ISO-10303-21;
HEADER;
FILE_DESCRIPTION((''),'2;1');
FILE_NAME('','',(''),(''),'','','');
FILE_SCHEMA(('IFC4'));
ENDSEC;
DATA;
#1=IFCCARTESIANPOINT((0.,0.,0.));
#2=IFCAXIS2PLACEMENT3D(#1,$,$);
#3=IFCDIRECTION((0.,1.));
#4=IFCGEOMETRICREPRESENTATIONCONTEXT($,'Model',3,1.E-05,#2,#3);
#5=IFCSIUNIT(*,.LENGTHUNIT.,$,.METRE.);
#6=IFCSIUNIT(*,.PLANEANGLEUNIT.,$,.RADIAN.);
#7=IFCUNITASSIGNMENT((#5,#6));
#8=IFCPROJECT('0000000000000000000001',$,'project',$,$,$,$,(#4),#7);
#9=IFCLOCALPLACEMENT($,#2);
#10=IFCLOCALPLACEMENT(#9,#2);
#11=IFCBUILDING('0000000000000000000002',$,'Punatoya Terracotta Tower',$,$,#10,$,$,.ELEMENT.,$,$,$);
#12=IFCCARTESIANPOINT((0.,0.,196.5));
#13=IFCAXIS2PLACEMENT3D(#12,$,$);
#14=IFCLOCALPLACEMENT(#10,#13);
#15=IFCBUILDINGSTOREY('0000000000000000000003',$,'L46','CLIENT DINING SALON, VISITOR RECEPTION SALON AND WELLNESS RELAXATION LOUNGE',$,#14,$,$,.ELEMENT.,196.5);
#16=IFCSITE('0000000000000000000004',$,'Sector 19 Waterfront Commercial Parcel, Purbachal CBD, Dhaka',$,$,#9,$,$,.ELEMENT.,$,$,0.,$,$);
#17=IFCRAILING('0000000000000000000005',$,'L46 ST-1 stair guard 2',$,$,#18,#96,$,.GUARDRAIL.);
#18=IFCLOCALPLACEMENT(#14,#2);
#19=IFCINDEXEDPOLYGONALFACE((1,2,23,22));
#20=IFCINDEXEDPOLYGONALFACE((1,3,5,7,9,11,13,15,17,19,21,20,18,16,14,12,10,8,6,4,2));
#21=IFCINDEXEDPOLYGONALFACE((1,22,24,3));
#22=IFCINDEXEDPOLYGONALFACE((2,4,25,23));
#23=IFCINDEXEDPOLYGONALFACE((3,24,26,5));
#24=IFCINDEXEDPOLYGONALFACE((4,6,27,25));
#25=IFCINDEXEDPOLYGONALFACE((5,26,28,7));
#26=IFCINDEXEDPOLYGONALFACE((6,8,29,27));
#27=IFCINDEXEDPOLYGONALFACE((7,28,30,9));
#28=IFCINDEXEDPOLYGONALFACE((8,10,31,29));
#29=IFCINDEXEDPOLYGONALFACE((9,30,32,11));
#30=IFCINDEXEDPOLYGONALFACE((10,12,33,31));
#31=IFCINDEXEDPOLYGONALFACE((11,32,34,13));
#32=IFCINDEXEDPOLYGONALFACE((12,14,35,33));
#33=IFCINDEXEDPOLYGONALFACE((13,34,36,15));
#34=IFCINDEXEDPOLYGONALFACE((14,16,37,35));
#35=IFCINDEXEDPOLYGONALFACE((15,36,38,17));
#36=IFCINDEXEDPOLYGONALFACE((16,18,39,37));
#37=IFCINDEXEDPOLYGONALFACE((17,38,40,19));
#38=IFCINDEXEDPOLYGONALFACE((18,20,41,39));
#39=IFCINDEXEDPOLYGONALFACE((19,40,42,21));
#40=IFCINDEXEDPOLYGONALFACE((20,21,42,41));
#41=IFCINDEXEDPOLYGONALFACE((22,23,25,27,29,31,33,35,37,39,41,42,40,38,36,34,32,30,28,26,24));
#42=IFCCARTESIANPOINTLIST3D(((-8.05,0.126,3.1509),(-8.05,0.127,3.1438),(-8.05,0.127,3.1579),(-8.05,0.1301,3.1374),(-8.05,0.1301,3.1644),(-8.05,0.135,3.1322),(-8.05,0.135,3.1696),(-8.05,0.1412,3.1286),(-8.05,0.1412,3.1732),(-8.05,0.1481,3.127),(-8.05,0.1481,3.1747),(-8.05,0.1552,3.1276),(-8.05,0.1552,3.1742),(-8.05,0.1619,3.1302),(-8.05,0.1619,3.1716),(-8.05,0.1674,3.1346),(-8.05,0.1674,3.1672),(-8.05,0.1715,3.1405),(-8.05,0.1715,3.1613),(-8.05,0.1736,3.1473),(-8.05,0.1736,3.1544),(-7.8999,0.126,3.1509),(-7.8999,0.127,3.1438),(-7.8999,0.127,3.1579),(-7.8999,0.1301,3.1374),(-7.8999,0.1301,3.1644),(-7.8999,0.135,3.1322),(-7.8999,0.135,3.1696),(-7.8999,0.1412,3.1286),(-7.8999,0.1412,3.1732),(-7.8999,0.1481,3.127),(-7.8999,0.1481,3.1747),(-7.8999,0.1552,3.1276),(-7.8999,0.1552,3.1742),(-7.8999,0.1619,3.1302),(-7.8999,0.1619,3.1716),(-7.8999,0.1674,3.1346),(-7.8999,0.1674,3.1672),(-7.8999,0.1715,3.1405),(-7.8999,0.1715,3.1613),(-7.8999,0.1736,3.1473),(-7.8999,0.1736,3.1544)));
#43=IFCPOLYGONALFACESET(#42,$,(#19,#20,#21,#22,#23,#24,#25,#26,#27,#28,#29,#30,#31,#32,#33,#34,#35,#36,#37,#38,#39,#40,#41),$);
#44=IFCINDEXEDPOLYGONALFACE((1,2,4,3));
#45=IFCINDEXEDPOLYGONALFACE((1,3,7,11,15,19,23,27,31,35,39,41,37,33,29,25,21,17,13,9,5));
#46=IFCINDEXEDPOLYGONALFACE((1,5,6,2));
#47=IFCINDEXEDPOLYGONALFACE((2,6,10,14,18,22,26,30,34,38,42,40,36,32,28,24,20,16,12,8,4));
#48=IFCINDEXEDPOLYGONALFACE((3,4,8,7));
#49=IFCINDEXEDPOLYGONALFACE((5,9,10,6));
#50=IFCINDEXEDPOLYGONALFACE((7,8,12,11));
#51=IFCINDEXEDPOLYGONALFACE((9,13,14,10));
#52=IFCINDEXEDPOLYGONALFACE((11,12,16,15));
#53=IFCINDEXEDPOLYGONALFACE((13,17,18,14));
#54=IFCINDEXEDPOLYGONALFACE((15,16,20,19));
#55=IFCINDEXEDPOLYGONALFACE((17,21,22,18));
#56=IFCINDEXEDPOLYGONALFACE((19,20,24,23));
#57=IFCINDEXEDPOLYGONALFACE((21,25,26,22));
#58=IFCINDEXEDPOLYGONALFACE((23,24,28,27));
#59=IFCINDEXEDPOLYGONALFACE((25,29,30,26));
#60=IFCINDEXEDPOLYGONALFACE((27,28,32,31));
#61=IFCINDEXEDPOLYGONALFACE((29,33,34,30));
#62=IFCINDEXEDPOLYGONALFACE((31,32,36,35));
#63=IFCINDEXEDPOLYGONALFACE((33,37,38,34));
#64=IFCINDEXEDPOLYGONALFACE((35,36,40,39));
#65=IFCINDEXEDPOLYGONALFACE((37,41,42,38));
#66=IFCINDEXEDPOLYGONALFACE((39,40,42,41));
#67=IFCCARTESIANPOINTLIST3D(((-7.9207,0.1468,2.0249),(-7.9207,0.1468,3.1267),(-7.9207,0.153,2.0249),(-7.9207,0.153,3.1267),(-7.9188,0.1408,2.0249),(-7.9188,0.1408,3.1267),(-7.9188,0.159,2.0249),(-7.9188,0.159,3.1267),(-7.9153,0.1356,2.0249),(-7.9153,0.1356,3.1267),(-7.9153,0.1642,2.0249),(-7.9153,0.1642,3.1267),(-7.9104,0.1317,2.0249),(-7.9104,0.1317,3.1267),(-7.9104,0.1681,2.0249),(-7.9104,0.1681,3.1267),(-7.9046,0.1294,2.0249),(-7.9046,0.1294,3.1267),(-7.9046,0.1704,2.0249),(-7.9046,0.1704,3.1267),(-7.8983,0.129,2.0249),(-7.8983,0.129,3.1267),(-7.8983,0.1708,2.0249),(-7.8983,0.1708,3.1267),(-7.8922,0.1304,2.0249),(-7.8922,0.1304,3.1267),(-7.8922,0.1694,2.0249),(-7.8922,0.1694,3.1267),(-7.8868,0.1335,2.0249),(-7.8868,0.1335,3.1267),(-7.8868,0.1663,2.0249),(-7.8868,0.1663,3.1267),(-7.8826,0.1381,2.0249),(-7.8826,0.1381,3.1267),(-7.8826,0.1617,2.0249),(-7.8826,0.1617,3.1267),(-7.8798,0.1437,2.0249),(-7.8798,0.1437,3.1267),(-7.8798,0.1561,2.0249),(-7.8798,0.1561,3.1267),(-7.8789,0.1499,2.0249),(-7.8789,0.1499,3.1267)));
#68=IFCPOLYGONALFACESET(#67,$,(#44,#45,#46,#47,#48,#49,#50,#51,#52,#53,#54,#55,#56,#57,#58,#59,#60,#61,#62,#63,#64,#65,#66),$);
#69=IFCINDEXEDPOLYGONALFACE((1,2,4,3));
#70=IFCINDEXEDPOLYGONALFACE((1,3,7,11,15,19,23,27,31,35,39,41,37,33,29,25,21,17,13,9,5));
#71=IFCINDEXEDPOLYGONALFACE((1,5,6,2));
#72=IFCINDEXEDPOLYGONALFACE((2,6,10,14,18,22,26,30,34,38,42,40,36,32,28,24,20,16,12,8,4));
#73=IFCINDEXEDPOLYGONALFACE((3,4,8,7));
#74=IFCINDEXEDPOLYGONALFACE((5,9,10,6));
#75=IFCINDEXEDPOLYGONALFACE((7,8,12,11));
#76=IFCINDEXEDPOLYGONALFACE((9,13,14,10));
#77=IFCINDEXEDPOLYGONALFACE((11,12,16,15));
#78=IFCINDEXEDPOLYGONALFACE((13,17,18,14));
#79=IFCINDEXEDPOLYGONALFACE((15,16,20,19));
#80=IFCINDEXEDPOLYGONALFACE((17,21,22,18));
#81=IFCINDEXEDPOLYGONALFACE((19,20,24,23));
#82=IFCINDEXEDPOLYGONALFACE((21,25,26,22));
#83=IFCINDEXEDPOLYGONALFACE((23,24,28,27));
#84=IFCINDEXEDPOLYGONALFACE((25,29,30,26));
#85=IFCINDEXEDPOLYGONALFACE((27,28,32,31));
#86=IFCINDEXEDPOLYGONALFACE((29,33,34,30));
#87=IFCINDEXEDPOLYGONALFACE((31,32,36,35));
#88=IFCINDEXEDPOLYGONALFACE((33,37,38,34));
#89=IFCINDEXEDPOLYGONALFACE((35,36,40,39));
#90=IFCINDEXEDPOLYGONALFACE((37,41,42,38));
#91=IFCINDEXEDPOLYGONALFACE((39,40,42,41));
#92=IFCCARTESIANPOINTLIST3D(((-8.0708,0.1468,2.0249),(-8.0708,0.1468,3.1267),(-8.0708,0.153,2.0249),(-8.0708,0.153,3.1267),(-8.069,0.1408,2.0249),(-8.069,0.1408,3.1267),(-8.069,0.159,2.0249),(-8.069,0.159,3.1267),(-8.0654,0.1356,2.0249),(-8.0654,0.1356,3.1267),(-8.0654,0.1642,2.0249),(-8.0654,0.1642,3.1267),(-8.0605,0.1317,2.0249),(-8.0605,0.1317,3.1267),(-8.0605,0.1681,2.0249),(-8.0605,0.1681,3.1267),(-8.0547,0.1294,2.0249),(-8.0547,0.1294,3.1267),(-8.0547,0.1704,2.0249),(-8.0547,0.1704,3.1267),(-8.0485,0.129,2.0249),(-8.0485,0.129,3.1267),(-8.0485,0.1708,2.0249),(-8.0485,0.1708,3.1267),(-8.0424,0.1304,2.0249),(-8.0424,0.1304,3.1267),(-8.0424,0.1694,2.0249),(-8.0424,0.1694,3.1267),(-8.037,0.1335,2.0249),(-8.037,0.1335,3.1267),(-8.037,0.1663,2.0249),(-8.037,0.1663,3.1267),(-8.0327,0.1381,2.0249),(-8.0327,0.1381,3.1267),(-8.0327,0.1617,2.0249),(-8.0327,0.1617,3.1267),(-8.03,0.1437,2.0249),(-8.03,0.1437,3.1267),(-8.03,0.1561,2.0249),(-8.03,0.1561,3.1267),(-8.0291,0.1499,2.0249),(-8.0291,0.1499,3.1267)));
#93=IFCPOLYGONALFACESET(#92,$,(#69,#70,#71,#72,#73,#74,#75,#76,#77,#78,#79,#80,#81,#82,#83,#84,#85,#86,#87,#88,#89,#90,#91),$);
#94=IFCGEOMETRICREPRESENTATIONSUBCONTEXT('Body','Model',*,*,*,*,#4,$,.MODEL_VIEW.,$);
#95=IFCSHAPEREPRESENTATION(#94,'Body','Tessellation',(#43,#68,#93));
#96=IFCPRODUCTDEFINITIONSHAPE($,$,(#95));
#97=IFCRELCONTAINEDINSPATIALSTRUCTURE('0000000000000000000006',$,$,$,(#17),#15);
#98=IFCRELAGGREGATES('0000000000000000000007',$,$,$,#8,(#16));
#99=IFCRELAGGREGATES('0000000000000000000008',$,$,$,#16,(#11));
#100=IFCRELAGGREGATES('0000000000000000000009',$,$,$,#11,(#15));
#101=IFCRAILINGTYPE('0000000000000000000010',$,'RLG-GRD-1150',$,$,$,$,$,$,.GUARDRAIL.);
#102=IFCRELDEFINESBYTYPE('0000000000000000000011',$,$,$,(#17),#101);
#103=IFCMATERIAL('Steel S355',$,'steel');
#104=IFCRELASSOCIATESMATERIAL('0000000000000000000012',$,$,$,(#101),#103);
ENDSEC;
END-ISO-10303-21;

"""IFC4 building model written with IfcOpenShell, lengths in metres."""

from ifc_helpers import new_model, si_unit, direction, frame, origin, origin_2d, place, context, subcontext, project, spatial, circle, extrude, material, type_object, element, save


model = new_model("IFC4")

# Units and contexts
model_context = context("Model", 3, precision=1e-05, world=origin(), true_north=direction((0.0, 1.0)))
body_context = subcontext(model_context, "Body", "Model", "MODEL_VIEW")
ifc_project = project(units=[si_unit("LENGTHUNIT", "METRE"), si_unit("PLANEANGLEUNIT", "RADIAN")], contexts=[model_context])

# Site, building, storey
site_placement = place(None, origin())
site = spatial("IfcSite", under=ifc_project, at=site_placement, Name="Sector 19 Waterfront Commercial Parcel, Purbachal CBD, Dhaka", CompositionType="ELEMENT", RefElevation=0.0)
building_placement = place(site_placement, origin())
building = spatial("IfcBuilding", under=site, at=building_placement, Name="Punatoya Terracotta Tower", CompositionType="ELEMENT")
storey_placement = place(building_placement, frame((0.0, 0.0, 196.5)))
storey = spatial("IfcBuildingStorey", under=building, at=storey_placement, Name="L46", Description="CLIENT DINING SALON, VISITOR RECEPTION SALON AND WELLNESS RELAXATION LOUNGE", CompositionType="ELEMENT", Elevation=196.5)

# Shared definitions
ifc_material_1 = material(Name="Steel S355", Category="steel")

# Railing
railing_type_1 = type_object("IfcRailingType", Name="RLG-GRD-1150", PredefinedType="GUARDRAIL", material=ifc_material_1)
railing_1_placement = place(storey_placement, frame((-7.8999, 0.1499, 2.0249)))
element("IfcRailing", 1, at=railing_1_placement, inside=storey, type_object=railing_type_1, Name="L46 ST-1 stair guard 2", PredefinedType="GUARDRAIL", context=body_context, shape_type="SweptSolid", body=[
    extrude(circle(Radius=0.0239, at=origin_2d()), frame((0.0, 0.0, 1.126), z_axis=(-1.0, 0.0, 0.0), x_axis=(0.0, -1.0, 0.0)), (0.0, 0.0, 1.0), 0.1501),
    extrude(circle(Radius=0.021, at=origin_2d()), origin(), (0.0, 0.0, 1.0), 1.1018),
    extrude(circle(Radius=0.021, at=origin_2d()), frame((-0.1501, 0.0, 0.0)), (0.0, 0.0, 1.0), 1.1018),
])

save(model, "model.ifc")
